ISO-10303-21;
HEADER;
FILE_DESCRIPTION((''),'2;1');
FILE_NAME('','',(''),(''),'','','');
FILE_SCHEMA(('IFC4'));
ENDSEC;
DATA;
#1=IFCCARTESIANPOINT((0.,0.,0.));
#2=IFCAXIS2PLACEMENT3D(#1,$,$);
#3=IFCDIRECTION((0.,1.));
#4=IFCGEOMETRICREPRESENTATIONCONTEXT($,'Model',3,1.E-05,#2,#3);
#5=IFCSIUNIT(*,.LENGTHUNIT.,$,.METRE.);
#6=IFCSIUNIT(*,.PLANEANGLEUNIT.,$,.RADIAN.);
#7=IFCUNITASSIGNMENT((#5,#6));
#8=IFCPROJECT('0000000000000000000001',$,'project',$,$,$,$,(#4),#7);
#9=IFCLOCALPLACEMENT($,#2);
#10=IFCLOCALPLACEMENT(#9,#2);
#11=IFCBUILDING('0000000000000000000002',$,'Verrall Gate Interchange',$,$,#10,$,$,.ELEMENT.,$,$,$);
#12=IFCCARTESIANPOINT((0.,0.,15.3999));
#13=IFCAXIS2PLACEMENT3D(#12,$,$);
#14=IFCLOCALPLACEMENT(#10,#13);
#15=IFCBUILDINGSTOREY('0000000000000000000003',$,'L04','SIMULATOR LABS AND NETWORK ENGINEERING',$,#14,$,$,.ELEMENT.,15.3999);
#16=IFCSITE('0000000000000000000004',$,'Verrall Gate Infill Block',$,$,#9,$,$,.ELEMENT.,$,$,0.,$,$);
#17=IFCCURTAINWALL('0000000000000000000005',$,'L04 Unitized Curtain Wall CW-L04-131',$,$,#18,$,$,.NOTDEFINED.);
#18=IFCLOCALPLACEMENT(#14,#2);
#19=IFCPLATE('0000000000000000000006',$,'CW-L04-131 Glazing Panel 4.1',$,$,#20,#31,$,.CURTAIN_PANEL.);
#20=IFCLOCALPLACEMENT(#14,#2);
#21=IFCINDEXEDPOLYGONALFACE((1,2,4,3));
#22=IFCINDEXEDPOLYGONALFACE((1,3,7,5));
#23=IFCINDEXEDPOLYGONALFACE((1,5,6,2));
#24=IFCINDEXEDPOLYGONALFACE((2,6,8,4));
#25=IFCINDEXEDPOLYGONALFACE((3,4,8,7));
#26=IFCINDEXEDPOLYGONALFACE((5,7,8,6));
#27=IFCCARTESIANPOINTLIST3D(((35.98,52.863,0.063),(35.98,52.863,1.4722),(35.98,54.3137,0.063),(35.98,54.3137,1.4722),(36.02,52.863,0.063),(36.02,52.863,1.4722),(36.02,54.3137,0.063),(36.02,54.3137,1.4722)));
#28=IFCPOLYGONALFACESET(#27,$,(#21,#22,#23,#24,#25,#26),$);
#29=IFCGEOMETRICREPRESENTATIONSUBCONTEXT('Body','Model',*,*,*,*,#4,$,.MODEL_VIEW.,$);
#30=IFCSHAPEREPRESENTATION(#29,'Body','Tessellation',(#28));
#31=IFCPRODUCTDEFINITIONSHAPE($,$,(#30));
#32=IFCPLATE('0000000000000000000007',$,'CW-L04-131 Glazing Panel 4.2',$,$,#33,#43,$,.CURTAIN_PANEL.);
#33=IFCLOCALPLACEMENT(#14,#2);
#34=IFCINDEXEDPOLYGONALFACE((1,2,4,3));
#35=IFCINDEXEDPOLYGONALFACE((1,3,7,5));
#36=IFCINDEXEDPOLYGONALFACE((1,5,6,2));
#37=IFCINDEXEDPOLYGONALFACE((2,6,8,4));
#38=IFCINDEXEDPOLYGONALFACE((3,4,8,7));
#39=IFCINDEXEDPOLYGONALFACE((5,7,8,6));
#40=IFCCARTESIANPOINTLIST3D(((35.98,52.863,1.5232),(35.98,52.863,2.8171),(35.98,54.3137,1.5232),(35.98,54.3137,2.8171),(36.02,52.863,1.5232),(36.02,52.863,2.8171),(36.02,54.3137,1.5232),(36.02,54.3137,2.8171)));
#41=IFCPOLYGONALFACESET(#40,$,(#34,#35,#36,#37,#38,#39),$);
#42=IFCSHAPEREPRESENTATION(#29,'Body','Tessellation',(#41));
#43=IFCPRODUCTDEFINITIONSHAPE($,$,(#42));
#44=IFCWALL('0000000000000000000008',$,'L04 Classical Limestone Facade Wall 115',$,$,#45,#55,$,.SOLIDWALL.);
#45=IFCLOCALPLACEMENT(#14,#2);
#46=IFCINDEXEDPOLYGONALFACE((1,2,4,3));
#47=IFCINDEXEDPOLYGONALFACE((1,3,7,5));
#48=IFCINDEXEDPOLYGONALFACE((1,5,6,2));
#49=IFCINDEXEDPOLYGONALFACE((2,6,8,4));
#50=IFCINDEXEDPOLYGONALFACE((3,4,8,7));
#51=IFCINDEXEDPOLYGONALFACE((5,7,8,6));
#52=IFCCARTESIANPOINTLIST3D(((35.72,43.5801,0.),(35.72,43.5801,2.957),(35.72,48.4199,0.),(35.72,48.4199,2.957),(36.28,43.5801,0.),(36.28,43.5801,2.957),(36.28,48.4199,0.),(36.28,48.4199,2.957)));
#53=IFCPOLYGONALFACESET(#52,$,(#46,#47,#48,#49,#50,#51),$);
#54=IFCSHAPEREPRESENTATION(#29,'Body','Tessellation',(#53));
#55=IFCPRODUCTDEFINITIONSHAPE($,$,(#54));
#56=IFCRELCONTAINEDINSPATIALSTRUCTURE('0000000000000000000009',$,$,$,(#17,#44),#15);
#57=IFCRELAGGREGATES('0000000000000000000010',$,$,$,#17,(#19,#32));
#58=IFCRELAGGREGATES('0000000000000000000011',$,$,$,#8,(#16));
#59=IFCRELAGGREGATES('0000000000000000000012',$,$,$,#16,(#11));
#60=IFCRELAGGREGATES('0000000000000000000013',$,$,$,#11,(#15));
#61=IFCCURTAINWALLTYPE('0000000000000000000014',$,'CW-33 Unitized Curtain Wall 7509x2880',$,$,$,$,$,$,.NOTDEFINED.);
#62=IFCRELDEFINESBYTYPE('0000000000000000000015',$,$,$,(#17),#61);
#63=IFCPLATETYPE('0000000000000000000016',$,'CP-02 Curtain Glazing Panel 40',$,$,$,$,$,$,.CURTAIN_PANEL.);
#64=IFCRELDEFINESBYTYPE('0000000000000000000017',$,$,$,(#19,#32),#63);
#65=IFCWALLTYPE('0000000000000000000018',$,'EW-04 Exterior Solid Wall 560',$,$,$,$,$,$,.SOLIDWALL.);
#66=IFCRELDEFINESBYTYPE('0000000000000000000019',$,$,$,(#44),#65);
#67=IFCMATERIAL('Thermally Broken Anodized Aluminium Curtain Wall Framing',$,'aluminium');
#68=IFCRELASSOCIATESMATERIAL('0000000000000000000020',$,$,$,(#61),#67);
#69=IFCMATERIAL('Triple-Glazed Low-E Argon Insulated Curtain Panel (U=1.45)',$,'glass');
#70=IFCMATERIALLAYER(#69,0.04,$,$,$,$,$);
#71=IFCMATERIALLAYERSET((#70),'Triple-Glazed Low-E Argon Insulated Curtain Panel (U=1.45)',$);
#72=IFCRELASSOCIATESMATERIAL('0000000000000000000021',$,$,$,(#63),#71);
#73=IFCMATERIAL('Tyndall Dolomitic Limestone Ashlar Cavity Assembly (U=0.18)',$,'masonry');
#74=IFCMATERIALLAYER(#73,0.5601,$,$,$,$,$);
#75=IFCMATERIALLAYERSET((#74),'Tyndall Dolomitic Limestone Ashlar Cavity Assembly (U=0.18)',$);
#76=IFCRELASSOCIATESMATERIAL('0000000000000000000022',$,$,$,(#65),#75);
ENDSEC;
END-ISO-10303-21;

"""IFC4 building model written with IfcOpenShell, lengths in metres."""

from ifc_helpers import new_model, si_unit, direction, frame, frame_2d, origin, origin_2d, place, context, subcontext, project, spatial, rectangle, extrude, material, layer, layer_set, type_object, element, aggregate, save


model = new_model("IFC4")

# Units and contexts
model_context = context("Model", 3, precision=1e-05, world=origin(), true_north=direction((0.0, 1.0)))
body_context = subcontext(model_context, "Body", "Model", "MODEL_VIEW")
ifc_project = project(units=[si_unit("LENGTHUNIT", "METRE"), si_unit("PLANEANGLEUNIT", "RADIAN")], contexts=[model_context])

# Site, building, storey
site_placement = place(None, origin())
site = spatial("IfcSite", under=ifc_project, at=site_placement, Name="Verrall Gate Infill Block", CompositionType="ELEMENT", RefElevation=0.0)
building_placement = place(site_placement, origin())
building = spatial("IfcBuilding", under=site, at=building_placement, Name="Verrall Gate Interchange", CompositionType="ELEMENT")
storey_placement = place(building_placement, frame((0.0, 0.0, 15.3999)))
storey = spatial("IfcBuildingStorey", under=building, at=storey_placement, Name="L04", Description="SIMULATOR LABS AND NETWORK ENGINEERING", CompositionType="ELEMENT", Elevation=15.3999)

# Curtain wall
ifc_material_1 = material(Name="Thermally Broken Anodized Aluminium Curtain Wall Framing", Category="aluminium")
curtain_wall_type_1 = type_object("IfcCurtainWallType", Name="CW-33 Unitized Curtain Wall 7509x2880", PredefinedType="NOTDEFINED", material=ifc_material_1)
curtain_wall_1_placement = place(storey_placement, origin())
curtain_wall_1 = element("IfcCurtainWall", 1, at=curtain_wall_1_placement, inside=storey, type_object=curtain_wall_type_1, Name="L04 Unitized Curtain Wall CW-L04-131", PredefinedType="NOTDEFINED")

# Plates
ifc_material_2 = material(Name="Triple-Glazed Low-E Argon Insulated Curtain Panel (U=1.45)", Category="glass")
ifc_layer_1 = layer(ifc_material_2, 0.04)
ifc_layer_set_1 = layer_set([ifc_layer_1], Name="Triple-Glazed Low-E Argon Insulated Curtain Panel (U=1.45)")
plate_type = type_object("IfcPlateType", Name="CP-02 Curtain Glazing Panel 40", PredefinedType="CURTAIN_PANEL", material=ifc_layer_set_1)
plate_1_placement = place(storey_placement, frame((36.0, 53.5884, 0.063), z_axis=(0.0, 0.0, 1.0), x_axis=(0.0, 1.0, 0.0)))
plate_1 = element("IfcPlate", 2, at=plate_1_placement, type_object=plate_type, Name="CW-L04-131 Glazing Panel 4.1", PredefinedType="CURTAIN_PANEL", context=body_context, shape_type="SweptSolid", body=[
    extrude(rectangle(XDim=1.4507, YDim=0.04, at=origin_2d()), origin(), (0.0, 0.0, 1.0), 1.4092),
])
plate_2_placement = place(storey_placement, frame((36.0, 53.5884, 1.5232), z_axis=(0.0, 0.0, 1.0), x_axis=(0.0, 1.0, 0.0)))
plate_2 = element("IfcPlate", 3, at=plate_2_placement, type_object=plate_type, Name="CW-L04-131 Glazing Panel 4.2", PredefinedType="CURTAIN_PANEL", context=body_context, shape_type="SweptSolid", body=[
    extrude(rectangle(XDim=1.4507, YDim=0.04, at=origin_2d()), origin(), (0.0, 0.0, 1.0), 1.2939),
])
aggregate(curtain_wall_1, [plate_1, plate_2])

# Wall
ifc_material_3 = material(Name="Tyndall Dolomitic Limestone Ashlar Cavity Assembly (U=0.18)", Category="masonry")
ifc_layer_2 = layer(ifc_material_3, 0.5601)
ifc_layer_set_2 = layer_set([ifc_layer_2], Name="Tyndall Dolomitic Limestone Ashlar Cavity Assembly (U=0.18)")
wall_type = type_object("IfcWallType", Name="EW-04 Exterior Solid Wall 560", PredefinedType="SOLIDWALL", material=ifc_layer_set_2)
wall_placement = place(storey_placement, frame((36.0, 43.5801, 0.0), z_axis=(0.0, 0.0, 1.0), x_axis=(0.0, 1.0, 0.0)))
element("IfcWall", 4, at=wall_placement, inside=storey, type_object=wall_type, Name="L04 Classical Limestone Facade Wall 115", PredefinedType="SOLIDWALL", context=body_context, shape_type="SweptSolid", body=[
    extrude(rectangle(XDim=4.8398, YDim=0.5601, at=frame_2d((2.4199, 0.0))), origin(), (0.0, 0.0, 1.0), 2.957),
])

save(model, "model.ifc")
